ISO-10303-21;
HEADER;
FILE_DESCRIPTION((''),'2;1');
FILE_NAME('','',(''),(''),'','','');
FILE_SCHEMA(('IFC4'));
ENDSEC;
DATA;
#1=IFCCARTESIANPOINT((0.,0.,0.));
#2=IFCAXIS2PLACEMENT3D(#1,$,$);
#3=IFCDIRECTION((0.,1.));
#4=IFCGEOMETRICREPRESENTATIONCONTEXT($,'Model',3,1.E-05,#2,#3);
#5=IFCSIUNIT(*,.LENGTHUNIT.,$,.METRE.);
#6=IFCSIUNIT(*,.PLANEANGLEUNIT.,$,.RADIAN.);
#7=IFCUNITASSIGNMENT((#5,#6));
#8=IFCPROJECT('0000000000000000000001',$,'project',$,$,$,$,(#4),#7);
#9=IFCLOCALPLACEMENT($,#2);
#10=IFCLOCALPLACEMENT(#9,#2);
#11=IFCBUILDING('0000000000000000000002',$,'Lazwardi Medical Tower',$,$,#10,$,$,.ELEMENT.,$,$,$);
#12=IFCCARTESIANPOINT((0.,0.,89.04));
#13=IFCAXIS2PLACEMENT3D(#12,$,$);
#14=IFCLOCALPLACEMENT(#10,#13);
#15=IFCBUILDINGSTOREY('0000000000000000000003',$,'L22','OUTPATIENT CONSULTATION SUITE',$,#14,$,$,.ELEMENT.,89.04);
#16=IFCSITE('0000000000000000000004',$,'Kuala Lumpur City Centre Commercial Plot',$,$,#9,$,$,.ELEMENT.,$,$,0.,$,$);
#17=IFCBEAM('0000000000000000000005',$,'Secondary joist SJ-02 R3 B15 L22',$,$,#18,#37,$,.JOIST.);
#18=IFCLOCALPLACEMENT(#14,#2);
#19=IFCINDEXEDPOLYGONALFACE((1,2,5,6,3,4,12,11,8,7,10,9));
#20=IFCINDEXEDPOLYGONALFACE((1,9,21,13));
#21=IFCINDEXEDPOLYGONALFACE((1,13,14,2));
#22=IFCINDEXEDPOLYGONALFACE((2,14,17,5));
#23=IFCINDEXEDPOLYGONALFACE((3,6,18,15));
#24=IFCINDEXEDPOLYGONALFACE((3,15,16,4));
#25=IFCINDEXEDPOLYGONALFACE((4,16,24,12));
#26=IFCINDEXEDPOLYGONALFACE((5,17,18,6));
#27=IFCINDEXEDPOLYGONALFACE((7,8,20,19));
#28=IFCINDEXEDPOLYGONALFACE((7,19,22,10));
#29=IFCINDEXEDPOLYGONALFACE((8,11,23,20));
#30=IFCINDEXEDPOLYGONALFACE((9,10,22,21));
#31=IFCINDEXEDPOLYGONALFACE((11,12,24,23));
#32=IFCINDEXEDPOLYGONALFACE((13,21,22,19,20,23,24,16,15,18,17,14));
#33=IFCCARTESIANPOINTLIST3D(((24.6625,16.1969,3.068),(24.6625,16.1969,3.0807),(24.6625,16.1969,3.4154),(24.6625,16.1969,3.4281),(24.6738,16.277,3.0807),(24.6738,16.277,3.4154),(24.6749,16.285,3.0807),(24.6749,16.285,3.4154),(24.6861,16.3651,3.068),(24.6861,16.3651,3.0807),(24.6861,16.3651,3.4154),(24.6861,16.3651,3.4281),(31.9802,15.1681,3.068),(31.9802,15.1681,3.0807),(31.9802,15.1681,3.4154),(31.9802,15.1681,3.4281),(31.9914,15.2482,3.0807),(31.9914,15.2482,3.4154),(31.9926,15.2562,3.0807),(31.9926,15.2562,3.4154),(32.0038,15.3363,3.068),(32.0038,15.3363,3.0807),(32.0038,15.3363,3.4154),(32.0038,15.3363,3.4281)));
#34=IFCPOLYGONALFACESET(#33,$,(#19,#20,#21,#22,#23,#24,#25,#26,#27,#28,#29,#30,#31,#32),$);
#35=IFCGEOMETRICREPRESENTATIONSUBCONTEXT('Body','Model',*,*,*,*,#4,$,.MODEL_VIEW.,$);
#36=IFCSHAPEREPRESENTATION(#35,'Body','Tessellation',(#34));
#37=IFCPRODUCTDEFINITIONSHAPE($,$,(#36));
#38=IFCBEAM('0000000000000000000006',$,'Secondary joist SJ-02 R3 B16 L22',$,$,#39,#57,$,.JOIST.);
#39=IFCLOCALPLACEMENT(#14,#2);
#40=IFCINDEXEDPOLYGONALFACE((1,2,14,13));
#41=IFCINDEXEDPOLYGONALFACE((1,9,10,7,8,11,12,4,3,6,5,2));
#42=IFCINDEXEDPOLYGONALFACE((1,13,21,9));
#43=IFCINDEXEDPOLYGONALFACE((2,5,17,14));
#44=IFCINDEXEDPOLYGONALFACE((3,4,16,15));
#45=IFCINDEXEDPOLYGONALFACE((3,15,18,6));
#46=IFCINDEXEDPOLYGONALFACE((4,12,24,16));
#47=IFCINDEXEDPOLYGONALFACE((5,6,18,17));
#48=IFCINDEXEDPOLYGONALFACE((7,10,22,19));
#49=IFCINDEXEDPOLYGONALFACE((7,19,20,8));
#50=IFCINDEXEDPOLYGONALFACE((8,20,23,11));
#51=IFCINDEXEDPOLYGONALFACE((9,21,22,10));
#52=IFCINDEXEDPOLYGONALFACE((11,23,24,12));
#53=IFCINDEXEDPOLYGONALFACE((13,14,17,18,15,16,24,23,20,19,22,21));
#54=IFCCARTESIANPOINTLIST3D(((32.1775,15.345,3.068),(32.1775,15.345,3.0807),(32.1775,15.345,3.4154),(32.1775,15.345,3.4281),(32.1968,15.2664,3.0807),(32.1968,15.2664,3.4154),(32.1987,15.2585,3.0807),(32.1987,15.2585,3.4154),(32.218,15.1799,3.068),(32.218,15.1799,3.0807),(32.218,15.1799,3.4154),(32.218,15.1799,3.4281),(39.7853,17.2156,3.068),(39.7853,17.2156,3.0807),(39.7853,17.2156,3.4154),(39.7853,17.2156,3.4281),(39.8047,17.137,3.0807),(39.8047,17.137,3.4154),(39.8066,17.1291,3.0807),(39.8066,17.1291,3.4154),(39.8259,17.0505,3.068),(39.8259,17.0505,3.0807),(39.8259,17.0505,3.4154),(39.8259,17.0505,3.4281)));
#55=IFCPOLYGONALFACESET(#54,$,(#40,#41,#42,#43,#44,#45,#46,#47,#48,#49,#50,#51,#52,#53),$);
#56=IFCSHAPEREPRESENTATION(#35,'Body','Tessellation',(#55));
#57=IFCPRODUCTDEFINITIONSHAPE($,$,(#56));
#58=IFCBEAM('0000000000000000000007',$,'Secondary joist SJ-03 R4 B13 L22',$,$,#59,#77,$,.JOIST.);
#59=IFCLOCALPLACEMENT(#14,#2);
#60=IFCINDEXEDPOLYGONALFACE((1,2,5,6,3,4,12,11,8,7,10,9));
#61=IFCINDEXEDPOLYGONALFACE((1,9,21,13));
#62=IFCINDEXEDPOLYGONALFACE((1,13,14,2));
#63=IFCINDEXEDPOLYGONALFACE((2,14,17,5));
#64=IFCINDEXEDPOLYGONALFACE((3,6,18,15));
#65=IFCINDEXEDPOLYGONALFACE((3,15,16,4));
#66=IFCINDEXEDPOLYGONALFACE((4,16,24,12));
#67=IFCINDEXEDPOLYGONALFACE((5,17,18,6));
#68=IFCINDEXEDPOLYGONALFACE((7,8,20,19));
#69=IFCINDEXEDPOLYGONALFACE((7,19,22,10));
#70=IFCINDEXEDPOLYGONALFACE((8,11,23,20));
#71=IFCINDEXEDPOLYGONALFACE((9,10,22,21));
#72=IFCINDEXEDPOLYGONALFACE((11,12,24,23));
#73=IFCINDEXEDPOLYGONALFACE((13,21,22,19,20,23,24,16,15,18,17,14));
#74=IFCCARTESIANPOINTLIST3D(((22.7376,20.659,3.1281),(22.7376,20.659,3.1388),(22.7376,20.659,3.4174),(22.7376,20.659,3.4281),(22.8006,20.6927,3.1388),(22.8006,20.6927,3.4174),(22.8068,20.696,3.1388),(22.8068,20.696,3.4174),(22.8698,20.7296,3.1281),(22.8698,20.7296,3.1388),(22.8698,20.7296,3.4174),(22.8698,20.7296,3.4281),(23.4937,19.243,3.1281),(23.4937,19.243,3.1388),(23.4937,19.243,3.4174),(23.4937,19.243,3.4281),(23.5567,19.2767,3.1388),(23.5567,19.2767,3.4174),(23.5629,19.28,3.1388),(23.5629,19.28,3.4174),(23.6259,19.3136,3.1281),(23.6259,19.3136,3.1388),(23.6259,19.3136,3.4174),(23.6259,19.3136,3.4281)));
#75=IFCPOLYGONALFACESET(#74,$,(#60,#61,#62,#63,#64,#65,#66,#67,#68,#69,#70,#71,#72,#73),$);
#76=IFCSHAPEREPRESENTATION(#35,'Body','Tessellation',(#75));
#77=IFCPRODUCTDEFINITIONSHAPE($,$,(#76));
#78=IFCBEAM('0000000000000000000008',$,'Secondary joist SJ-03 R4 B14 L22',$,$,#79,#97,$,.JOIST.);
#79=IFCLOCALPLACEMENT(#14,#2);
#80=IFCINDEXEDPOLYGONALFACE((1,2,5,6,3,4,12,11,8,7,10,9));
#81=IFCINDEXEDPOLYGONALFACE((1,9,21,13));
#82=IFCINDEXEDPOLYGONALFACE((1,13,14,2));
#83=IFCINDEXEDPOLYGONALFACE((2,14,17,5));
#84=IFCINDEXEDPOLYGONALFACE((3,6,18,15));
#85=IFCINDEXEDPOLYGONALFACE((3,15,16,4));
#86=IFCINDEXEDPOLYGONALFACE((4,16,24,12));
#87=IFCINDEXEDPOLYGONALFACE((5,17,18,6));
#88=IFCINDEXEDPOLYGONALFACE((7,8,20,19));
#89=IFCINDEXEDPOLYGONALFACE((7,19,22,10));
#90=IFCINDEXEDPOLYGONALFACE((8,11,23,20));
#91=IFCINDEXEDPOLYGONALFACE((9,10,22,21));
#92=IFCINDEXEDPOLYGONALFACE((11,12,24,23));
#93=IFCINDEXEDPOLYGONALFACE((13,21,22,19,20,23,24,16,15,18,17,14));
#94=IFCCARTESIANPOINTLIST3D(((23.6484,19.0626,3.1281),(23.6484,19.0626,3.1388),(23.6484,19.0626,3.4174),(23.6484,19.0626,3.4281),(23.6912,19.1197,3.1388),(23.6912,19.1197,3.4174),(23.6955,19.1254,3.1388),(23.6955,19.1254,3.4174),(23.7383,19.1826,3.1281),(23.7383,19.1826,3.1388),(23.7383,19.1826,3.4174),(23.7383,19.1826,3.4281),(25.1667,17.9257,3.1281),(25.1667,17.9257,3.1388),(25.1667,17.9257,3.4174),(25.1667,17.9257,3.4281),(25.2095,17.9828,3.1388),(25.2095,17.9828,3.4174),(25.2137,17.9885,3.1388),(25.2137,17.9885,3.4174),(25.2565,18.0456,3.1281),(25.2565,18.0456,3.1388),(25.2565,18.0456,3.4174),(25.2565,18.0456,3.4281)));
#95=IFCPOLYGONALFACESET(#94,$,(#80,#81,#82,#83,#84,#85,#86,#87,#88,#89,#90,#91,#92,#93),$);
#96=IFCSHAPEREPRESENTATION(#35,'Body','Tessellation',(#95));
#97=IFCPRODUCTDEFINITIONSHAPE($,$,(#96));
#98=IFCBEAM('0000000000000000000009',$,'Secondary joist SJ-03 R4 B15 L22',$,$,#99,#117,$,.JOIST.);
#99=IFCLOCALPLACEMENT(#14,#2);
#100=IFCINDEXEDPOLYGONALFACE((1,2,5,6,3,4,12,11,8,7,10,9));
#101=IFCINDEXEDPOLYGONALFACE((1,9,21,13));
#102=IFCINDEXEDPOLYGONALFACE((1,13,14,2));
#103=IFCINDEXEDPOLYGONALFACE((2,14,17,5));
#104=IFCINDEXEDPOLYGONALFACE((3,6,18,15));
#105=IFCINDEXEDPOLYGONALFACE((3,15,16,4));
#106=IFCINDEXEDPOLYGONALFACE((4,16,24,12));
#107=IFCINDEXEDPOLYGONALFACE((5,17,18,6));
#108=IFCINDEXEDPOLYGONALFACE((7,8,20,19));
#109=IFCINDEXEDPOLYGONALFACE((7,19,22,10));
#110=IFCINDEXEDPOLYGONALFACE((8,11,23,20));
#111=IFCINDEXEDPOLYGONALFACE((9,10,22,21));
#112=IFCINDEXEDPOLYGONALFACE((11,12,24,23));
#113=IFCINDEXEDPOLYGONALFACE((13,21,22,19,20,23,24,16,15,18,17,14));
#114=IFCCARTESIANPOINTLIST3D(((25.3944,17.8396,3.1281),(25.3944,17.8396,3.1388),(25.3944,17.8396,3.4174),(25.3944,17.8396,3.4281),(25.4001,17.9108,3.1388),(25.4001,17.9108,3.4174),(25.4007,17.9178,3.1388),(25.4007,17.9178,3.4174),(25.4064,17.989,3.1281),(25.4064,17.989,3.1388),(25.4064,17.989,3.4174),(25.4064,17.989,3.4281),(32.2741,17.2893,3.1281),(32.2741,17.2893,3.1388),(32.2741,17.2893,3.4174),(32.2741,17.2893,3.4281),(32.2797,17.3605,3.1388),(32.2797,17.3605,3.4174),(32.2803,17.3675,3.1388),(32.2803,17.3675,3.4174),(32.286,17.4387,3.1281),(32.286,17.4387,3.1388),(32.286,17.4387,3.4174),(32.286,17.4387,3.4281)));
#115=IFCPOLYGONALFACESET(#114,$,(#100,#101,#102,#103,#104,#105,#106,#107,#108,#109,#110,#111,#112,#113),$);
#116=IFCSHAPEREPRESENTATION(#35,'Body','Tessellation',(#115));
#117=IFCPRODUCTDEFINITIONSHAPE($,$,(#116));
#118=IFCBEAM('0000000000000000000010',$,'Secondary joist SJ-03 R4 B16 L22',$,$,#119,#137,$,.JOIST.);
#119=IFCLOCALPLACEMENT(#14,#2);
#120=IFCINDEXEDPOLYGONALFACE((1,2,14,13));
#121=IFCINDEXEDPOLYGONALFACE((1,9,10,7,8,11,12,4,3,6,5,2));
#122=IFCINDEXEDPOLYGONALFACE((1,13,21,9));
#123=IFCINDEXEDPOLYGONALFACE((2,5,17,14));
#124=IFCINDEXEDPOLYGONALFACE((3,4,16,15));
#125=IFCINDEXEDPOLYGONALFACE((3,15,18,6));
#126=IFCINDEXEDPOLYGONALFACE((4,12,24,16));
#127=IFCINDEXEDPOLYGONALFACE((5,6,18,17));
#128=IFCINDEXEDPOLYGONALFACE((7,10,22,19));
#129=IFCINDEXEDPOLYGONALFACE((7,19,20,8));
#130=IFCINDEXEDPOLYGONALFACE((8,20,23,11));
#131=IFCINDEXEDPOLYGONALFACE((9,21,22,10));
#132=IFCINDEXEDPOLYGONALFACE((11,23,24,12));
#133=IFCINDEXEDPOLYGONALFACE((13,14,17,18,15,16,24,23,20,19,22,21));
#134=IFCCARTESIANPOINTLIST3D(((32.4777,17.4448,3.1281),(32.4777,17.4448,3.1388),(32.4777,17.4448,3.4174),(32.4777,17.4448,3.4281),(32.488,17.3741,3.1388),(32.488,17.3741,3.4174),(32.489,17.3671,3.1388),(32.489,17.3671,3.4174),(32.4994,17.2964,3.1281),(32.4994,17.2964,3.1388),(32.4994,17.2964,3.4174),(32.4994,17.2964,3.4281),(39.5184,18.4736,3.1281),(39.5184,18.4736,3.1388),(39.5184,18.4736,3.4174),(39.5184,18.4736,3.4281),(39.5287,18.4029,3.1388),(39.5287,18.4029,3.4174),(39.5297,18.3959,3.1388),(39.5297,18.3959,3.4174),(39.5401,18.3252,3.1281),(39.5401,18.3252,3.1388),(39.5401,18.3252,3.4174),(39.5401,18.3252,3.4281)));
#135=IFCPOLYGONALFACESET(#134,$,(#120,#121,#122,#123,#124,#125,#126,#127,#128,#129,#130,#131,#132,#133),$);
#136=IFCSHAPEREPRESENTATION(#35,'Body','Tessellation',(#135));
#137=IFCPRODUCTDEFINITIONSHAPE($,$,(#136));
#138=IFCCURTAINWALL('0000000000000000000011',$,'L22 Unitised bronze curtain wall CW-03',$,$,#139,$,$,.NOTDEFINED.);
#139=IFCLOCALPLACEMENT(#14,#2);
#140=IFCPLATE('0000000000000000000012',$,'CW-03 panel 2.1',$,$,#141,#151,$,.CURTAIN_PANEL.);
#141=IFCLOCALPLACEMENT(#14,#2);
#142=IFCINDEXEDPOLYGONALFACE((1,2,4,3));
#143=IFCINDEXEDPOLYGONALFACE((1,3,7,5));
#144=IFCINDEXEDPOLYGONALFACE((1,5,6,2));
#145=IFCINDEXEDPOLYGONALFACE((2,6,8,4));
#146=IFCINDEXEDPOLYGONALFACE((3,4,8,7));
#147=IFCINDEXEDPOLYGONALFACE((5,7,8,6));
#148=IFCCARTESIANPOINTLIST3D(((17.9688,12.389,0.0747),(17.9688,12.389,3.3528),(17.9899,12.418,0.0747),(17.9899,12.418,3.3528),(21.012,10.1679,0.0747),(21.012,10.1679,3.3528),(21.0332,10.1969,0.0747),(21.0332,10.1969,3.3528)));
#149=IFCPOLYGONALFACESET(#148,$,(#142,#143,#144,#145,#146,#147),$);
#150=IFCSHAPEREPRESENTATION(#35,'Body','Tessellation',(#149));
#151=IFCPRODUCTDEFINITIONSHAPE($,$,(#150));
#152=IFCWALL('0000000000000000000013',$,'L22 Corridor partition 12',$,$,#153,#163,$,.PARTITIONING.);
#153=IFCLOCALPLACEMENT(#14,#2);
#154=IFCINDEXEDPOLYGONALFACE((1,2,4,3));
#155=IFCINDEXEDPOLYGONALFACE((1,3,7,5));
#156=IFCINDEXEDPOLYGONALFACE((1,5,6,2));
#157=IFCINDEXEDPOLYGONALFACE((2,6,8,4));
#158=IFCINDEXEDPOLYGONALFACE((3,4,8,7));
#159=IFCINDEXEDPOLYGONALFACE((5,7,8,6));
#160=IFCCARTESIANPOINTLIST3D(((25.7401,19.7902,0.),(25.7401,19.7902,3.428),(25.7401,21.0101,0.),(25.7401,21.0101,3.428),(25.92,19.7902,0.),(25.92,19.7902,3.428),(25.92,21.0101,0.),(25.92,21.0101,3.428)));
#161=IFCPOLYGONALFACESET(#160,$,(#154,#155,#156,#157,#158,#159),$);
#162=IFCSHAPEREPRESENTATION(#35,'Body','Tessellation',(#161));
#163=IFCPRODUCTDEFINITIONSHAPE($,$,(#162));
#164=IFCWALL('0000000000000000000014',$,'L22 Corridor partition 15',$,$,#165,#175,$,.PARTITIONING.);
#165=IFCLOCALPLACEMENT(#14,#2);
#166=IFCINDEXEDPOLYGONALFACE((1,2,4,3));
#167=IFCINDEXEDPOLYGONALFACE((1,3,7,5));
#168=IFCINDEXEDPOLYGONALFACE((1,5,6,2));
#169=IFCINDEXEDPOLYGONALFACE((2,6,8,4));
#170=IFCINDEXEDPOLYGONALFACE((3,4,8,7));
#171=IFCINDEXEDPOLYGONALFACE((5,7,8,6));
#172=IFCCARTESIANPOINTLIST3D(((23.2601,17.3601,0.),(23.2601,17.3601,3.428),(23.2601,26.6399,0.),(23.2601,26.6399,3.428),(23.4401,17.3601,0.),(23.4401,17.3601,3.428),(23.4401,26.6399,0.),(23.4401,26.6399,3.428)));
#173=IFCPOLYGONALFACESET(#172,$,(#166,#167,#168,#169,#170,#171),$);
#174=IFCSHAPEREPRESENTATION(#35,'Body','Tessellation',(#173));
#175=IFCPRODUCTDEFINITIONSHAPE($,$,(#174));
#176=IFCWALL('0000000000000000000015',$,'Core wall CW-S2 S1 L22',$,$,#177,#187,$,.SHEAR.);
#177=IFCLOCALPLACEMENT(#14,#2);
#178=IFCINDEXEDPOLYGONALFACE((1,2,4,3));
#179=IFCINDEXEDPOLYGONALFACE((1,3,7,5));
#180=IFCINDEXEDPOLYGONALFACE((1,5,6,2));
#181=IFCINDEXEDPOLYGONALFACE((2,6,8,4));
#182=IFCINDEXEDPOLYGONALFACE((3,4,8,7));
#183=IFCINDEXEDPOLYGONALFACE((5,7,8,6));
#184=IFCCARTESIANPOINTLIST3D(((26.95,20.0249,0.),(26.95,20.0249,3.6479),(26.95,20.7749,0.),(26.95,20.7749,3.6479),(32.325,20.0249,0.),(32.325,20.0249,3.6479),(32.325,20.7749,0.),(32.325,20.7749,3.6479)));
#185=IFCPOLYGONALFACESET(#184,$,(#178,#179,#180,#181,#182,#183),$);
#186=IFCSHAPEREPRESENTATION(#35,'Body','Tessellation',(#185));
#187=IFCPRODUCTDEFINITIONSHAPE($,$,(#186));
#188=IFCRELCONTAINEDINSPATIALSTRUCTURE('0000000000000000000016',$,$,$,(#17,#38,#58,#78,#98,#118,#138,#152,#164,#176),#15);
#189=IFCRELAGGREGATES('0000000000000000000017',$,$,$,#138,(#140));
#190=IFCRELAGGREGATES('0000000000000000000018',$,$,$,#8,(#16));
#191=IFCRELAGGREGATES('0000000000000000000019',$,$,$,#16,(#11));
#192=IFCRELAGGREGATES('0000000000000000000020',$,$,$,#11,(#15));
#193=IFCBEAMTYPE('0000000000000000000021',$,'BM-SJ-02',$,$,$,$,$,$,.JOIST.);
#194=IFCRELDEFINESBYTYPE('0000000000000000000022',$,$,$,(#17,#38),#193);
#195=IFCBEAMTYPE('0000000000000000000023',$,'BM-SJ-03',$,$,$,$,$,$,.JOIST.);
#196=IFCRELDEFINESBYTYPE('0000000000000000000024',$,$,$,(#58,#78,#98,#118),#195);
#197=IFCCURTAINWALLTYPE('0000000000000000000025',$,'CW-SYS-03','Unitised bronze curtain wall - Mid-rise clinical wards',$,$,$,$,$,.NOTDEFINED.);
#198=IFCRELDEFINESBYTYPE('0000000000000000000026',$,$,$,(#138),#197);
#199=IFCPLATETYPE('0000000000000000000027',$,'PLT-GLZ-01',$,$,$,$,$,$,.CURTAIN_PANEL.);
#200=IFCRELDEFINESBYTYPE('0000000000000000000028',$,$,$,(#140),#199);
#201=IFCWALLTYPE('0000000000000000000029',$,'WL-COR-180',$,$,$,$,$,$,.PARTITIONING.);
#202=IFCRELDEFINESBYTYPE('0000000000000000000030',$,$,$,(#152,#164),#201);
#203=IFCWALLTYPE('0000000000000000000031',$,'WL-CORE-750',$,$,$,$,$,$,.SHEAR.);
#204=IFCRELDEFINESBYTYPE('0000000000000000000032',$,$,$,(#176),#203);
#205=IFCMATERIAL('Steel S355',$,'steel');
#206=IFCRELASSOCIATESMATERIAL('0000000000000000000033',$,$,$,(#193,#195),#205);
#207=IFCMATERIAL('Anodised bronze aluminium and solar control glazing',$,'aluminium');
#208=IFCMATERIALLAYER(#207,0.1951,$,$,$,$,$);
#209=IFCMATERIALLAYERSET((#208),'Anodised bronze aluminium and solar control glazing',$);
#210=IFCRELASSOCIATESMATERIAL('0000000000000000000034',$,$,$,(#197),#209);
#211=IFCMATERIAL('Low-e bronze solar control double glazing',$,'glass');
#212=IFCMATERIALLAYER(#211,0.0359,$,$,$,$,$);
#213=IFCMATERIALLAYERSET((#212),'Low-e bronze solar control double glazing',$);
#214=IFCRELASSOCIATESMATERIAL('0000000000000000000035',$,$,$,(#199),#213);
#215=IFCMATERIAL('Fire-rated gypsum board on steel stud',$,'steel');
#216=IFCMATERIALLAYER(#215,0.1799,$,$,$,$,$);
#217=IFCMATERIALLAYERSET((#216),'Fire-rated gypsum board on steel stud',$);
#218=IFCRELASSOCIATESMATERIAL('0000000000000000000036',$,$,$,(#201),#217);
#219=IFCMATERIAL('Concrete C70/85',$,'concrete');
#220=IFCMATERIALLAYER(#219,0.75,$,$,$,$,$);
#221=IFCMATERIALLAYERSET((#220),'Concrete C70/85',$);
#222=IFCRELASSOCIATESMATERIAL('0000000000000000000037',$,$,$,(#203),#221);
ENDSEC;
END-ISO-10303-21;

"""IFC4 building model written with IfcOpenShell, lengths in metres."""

from ifc_helpers import new_model, si_unit, direction, frame, frame_2d, origin, origin_2d, place, context, subcontext, project, spatial, rectangle, i_section, extrude, material, layer, layer_set, material_profile, profile_set, type_object, element, aggregate, save


model = new_model("IFC4")

# Units and contexts
model_context = context("Model", 3, precision=1e-05, world=origin(), true_north=direction((0.0, 1.0)))
body_context = subcontext(model_context, "Body", "Model", "MODEL_VIEW")
ifc_project = project(units=[si_unit("LENGTHUNIT", "METRE"), si_unit("PLANEANGLEUNIT", "RADIAN")], contexts=[model_context])

# Site, building, storey
site_placement = place(None, origin())
site = spatial("IfcSite", under=ifc_project, at=site_placement, Name="Kuala Lumpur City Centre Commercial Plot", CompositionType="ELEMENT", RefElevation=0.0)
building_placement = place(site_placement, origin())
building = spatial("IfcBuilding", under=site, at=building_placement, Name="Lazwardi Medical Tower", CompositionType="ELEMENT")
storey_placement = place(building_placement, frame((0.0, 0.0, 89.04)))
storey = spatial("IfcBuildingStorey", under=building, at=storey_placement, Name="L22", Description="OUTPATIENT CONSULTATION SUITE", CompositionType="ELEMENT", Elevation=89.04)

# Shared definitions
ifc_material_1 = material(Name="Concrete C70/85", Category="concrete")

# Beams
ifc_material_2 = material(Name="Steel S355", Category="steel")
ifc_material_profile_1 = material_profile(ifc_material_2, i_section(OverallWidth=0.1699, OverallDepth=0.3601, WebThickness=0.0081, FlangeThickness=0.0127, at=origin_2d()), Name="IPE 360")
ifc_profile_set_1 = profile_set([ifc_material_profile_1], Name="Steel S355")
beam_type_1 = type_object("IfcBeamType", Name="BM-SJ-02", PredefinedType="JOIST", material=ifc_profile_set_1)
beam_1_placement = place(storey_placement, frame((24.6743, 16.281, 3.248), z_axis=(0.990261, -0.139224, 0.0), x_axis=(0.139224, 0.990261, 0.0)))
element("IfcBeam", 1, at=beam_1_placement, inside=storey, type_object=beam_type_1, Name="Secondary joist SJ-02 R3 B15 L22", PredefinedType="JOIST", context=body_context, shape_type="SweptSolid", body=[
    extrude(i_section(OverallWidth=0.1699, OverallDepth=0.3601, WebThickness=0.0081, FlangeThickness=0.0127, at=origin_2d()), origin(), (0.0, 0.0, 1.0), 7.3896),
])
beam_2_placement = place(storey_placement, frame((32.1978, 15.2625, 3.248), z_axis=(0.971077, 0.238765, 0.0), x_axis=(-0.238765, 0.971077, 0.0)))
element("IfcBeam", 2, at=beam_2_placement, inside=storey, type_object=beam_type_1, Name="Secondary joist SJ-02 R3 B16 L22", PredefinedType="JOIST", context=body_context, shape_type="SweptSolid", body=[
    extrude(i_section(OverallWidth=0.1699, OverallDepth=0.3601, WebThickness=0.0081, FlangeThickness=0.0127, at=origin_2d()), origin(), (0.0, 0.0, 1.0), 7.8345),
])
ifc_material_profile_2 = material_profile(ifc_material_2, i_section(OverallWidth=0.1499, OverallDepth=0.3, WebThickness=0.0071, FlangeThickness=0.0107, at=origin_2d()), Name="IPE 300")
ifc_profile_set_2 = profile_set([ifc_material_profile_2], Name="Steel S355")
beam_type_2 = type_object("IfcBeamType", Name="BM-SJ-03", PredefinedType="JOIST", material=ifc_profile_set_2)
beam_3_placement = place(storey_placement, frame((22.8037, 20.6943, 3.2781), z_axis=(0.471022, -0.882121, 0.0), x_axis=(0.882121, 0.471022, 0.0)))
element("IfcBeam", 3, at=beam_3_placement, inside=storey, type_object=beam_type_2, Name="Secondary joist SJ-03 R4 B13 L22", PredefinedType="JOIST", context=body_context, shape_type="SweptSolid", body=[
    extrude(i_section(OverallWidth=0.1499, OverallDepth=0.3, WebThickness=0.0071, FlangeThickness=0.0107, at=origin_2d()), origin(), (0.0, 0.0, 1.0), 1.6052),
])
beam_4_placement = place(storey_placement, frame((23.6934, 19.1226, 3.2781), z_axis=(0.800448, -0.599403, 0.0), x_axis=(0.599403, 0.800448, 0.0)))
element("IfcBeam", 4, at=beam_4_placement, inside=storey, type_object=beam_type_2, Name="Secondary joist SJ-03 R4 B14 L22", PredefinedType="JOIST", context=body_context, shape_type="SweptSolid", body=[
    extrude(i_section(OverallWidth=0.1499, OverallDepth=0.3, WebThickness=0.0071, FlangeThickness=0.0107, at=origin_2d()), origin(), (0.0, 0.0, 1.0), 1.8967),
])
beam_5_placement = place(storey_placement, frame((25.4004, 17.9143, 3.2781), z_axis=(0.996816, -0.079734, 0.0), x_axis=(0.079734, 0.996816, 0.0)))
element("IfcBeam", 5, at=beam_5_placement, inside=storey, type_object=beam_type_2, Name="Secondary joist SJ-03 R4 B15 L22", PredefinedType="JOIST", context=body_context, shape_type="SweptSolid", body=[
    extrude(i_section(OverallWidth=0.1499, OverallDepth=0.3, WebThickness=0.0071, FlangeThickness=0.0107, at=origin_2d()), origin(), (0.0, 0.0, 1.0), 6.9016),
])
beam_6_placement = place(storey_placement, frame((32.4885, 17.3706, 3.2781), z_axis=(0.989492, 0.144586, 0.0), x_axis=(-0.144586, 0.989492, 0.0)))
element("IfcBeam", 6, at=beam_6_placement, inside=storey, type_object=beam_type_2, Name="Secondary joist SJ-03 R4 B16 L22", PredefinedType="JOIST", context=body_context, shape_type="SweptSolid", body=[
    extrude(i_section(OverallWidth=0.1499, OverallDepth=0.3, WebThickness=0.0071, FlangeThickness=0.0107, at=origin_2d()), origin(), (0.0, 0.0, 1.0), 7.1155),
])

# Curtain wall, plate
ifc_material_3 = material(Name="Anodised bronze aluminium and solar control glazing", Category="aluminium")
ifc_layer_1 = layer(ifc_material_3, 0.1951)
ifc_layer_set_1 = layer_set([ifc_layer_1], Name="Anodised bronze aluminium and solar control glazing")
curtain_wall_type = type_object("IfcCurtainWallType", Name="CW-SYS-03", Description="Unitised bronze curtain wall - Mid-rise clinical wards", PredefinedType="NOTDEFINED", material=ifc_layer_set_1)
curtain_wall_placement = place(storey_placement, origin())
curtain_wall = element("IfcCurtainWall", 7, at=curtain_wall_placement, inside=storey, type_object=curtain_wall_type, Name="L22 Unitised bronze curtain wall CW-03", PredefinedType="NOTDEFINED")
ifc_material_4 = material(Name="Low-e bronze solar control double glazing", Category="glass")
ifc_layer_2 = layer(ifc_material_4, 0.0359)
ifc_layer_set_2 = layer_set([ifc_layer_2], Name="Low-e bronze solar control double glazing")
plate_type = type_object("IfcPlateType", Name="PLT-GLZ-01", PredefinedType="CURTAIN_PANEL", material=ifc_layer_set_2)
plate_placement = place(storey_placement, frame((19.501, 11.293, 0.0747), z_axis=(0.0, 0.0, 1.0), x_axis=(0.807746, -0.589531, 0.0)))
plate = element("IfcPlate", 8, at=plate_placement, type_object=plate_type, Name="CW-03 panel 2.1", PredefinedType="CURTAIN_PANEL", context=body_context, shape_type="SweptSolid", body=[
    extrude(rectangle(XDim=3.7676, YDim=0.0359, at=origin_2d()), origin(), (0.0, 0.0, 1.0), 3.2781),
])
aggregate(curtain_wall, [plate])

# Walls
ifc_material_5 = material(Name="Fire-rated gypsum board on steel stud", Category="steel")
ifc_layer_3 = layer(ifc_material_5, 0.1799)
ifc_layer_set_3 = layer_set([ifc_layer_3], Name="Fire-rated gypsum board on steel stud")
wall_type_1 = type_object("IfcWallType", Name="WL-COR-180", PredefinedType="PARTITIONING", material=ifc_layer_set_3)
wall_1_placement = place(storey_placement, frame((25.8301, 21.01, 0.0), z_axis=(0.0, 0.0, 1.0), x_axis=(0.0, -1.0, 0.0)))
element("IfcWall", 9, at=wall_1_placement, inside=storey, type_object=wall_type_1, Name="L22 Corridor partition 12", PredefinedType="PARTITIONING", context=body_context, shape_type="SweptSolid", body=[
    extrude(rectangle(XDim=1.22, YDim=0.1799, at=frame_2d((0.6099, 0.0))), origin(), (0.0, 0.0, 1.0), 3.428),
])
wall_2_placement = place(storey_placement, frame((23.3501, 17.3601, 0.0), z_axis=(0.0, 0.0, 1.0), x_axis=(0.0, 1.0, 0.0)))
element("IfcWall", 10, at=wall_2_placement, inside=storey, type_object=wall_type_1, Name="L22 Corridor partition 15", PredefinedType="PARTITIONING", context=body_context, shape_type="SweptSolid", body=[
    extrude(rectangle(XDim=9.2798, YDim=0.1799, at=frame_2d((4.6399, 0.0))), origin(), (0.0, 0.0, 1.0), 3.428),
])

# Shared definitions
ifc_layer_4 = layer(ifc_material_1, 0.75)
ifc_layer_set_4 = layer_set([ifc_layer_4], Name="Concrete C70/85")
wall_type_2 = type_object("IfcWallType", Name="WL-CORE-750", PredefinedType="SHEAR", material=ifc_layer_set_4)

# Wall
wall_3_placement = place(storey_placement, frame((26.95, 20.3999, 0.0), z_axis=(0.0, 0.0, 1.0), x_axis=(1.0, 0.0, 0.0)))
element("IfcWall", 11, at=wall_3_placement, inside=storey, type_object=wall_type_2, Name="Core wall CW-S2 S1 L22", PredefinedType="SHEAR", context=body_context, shape_type="SweptSolid", body=[
    extrude(rectangle(XDim=5.375, YDim=0.75, at=frame_2d((2.6875, 0.0))), origin(), (0.0, 0.0, 1.0), 3.6479),
])

save(model, "model.ifc")
